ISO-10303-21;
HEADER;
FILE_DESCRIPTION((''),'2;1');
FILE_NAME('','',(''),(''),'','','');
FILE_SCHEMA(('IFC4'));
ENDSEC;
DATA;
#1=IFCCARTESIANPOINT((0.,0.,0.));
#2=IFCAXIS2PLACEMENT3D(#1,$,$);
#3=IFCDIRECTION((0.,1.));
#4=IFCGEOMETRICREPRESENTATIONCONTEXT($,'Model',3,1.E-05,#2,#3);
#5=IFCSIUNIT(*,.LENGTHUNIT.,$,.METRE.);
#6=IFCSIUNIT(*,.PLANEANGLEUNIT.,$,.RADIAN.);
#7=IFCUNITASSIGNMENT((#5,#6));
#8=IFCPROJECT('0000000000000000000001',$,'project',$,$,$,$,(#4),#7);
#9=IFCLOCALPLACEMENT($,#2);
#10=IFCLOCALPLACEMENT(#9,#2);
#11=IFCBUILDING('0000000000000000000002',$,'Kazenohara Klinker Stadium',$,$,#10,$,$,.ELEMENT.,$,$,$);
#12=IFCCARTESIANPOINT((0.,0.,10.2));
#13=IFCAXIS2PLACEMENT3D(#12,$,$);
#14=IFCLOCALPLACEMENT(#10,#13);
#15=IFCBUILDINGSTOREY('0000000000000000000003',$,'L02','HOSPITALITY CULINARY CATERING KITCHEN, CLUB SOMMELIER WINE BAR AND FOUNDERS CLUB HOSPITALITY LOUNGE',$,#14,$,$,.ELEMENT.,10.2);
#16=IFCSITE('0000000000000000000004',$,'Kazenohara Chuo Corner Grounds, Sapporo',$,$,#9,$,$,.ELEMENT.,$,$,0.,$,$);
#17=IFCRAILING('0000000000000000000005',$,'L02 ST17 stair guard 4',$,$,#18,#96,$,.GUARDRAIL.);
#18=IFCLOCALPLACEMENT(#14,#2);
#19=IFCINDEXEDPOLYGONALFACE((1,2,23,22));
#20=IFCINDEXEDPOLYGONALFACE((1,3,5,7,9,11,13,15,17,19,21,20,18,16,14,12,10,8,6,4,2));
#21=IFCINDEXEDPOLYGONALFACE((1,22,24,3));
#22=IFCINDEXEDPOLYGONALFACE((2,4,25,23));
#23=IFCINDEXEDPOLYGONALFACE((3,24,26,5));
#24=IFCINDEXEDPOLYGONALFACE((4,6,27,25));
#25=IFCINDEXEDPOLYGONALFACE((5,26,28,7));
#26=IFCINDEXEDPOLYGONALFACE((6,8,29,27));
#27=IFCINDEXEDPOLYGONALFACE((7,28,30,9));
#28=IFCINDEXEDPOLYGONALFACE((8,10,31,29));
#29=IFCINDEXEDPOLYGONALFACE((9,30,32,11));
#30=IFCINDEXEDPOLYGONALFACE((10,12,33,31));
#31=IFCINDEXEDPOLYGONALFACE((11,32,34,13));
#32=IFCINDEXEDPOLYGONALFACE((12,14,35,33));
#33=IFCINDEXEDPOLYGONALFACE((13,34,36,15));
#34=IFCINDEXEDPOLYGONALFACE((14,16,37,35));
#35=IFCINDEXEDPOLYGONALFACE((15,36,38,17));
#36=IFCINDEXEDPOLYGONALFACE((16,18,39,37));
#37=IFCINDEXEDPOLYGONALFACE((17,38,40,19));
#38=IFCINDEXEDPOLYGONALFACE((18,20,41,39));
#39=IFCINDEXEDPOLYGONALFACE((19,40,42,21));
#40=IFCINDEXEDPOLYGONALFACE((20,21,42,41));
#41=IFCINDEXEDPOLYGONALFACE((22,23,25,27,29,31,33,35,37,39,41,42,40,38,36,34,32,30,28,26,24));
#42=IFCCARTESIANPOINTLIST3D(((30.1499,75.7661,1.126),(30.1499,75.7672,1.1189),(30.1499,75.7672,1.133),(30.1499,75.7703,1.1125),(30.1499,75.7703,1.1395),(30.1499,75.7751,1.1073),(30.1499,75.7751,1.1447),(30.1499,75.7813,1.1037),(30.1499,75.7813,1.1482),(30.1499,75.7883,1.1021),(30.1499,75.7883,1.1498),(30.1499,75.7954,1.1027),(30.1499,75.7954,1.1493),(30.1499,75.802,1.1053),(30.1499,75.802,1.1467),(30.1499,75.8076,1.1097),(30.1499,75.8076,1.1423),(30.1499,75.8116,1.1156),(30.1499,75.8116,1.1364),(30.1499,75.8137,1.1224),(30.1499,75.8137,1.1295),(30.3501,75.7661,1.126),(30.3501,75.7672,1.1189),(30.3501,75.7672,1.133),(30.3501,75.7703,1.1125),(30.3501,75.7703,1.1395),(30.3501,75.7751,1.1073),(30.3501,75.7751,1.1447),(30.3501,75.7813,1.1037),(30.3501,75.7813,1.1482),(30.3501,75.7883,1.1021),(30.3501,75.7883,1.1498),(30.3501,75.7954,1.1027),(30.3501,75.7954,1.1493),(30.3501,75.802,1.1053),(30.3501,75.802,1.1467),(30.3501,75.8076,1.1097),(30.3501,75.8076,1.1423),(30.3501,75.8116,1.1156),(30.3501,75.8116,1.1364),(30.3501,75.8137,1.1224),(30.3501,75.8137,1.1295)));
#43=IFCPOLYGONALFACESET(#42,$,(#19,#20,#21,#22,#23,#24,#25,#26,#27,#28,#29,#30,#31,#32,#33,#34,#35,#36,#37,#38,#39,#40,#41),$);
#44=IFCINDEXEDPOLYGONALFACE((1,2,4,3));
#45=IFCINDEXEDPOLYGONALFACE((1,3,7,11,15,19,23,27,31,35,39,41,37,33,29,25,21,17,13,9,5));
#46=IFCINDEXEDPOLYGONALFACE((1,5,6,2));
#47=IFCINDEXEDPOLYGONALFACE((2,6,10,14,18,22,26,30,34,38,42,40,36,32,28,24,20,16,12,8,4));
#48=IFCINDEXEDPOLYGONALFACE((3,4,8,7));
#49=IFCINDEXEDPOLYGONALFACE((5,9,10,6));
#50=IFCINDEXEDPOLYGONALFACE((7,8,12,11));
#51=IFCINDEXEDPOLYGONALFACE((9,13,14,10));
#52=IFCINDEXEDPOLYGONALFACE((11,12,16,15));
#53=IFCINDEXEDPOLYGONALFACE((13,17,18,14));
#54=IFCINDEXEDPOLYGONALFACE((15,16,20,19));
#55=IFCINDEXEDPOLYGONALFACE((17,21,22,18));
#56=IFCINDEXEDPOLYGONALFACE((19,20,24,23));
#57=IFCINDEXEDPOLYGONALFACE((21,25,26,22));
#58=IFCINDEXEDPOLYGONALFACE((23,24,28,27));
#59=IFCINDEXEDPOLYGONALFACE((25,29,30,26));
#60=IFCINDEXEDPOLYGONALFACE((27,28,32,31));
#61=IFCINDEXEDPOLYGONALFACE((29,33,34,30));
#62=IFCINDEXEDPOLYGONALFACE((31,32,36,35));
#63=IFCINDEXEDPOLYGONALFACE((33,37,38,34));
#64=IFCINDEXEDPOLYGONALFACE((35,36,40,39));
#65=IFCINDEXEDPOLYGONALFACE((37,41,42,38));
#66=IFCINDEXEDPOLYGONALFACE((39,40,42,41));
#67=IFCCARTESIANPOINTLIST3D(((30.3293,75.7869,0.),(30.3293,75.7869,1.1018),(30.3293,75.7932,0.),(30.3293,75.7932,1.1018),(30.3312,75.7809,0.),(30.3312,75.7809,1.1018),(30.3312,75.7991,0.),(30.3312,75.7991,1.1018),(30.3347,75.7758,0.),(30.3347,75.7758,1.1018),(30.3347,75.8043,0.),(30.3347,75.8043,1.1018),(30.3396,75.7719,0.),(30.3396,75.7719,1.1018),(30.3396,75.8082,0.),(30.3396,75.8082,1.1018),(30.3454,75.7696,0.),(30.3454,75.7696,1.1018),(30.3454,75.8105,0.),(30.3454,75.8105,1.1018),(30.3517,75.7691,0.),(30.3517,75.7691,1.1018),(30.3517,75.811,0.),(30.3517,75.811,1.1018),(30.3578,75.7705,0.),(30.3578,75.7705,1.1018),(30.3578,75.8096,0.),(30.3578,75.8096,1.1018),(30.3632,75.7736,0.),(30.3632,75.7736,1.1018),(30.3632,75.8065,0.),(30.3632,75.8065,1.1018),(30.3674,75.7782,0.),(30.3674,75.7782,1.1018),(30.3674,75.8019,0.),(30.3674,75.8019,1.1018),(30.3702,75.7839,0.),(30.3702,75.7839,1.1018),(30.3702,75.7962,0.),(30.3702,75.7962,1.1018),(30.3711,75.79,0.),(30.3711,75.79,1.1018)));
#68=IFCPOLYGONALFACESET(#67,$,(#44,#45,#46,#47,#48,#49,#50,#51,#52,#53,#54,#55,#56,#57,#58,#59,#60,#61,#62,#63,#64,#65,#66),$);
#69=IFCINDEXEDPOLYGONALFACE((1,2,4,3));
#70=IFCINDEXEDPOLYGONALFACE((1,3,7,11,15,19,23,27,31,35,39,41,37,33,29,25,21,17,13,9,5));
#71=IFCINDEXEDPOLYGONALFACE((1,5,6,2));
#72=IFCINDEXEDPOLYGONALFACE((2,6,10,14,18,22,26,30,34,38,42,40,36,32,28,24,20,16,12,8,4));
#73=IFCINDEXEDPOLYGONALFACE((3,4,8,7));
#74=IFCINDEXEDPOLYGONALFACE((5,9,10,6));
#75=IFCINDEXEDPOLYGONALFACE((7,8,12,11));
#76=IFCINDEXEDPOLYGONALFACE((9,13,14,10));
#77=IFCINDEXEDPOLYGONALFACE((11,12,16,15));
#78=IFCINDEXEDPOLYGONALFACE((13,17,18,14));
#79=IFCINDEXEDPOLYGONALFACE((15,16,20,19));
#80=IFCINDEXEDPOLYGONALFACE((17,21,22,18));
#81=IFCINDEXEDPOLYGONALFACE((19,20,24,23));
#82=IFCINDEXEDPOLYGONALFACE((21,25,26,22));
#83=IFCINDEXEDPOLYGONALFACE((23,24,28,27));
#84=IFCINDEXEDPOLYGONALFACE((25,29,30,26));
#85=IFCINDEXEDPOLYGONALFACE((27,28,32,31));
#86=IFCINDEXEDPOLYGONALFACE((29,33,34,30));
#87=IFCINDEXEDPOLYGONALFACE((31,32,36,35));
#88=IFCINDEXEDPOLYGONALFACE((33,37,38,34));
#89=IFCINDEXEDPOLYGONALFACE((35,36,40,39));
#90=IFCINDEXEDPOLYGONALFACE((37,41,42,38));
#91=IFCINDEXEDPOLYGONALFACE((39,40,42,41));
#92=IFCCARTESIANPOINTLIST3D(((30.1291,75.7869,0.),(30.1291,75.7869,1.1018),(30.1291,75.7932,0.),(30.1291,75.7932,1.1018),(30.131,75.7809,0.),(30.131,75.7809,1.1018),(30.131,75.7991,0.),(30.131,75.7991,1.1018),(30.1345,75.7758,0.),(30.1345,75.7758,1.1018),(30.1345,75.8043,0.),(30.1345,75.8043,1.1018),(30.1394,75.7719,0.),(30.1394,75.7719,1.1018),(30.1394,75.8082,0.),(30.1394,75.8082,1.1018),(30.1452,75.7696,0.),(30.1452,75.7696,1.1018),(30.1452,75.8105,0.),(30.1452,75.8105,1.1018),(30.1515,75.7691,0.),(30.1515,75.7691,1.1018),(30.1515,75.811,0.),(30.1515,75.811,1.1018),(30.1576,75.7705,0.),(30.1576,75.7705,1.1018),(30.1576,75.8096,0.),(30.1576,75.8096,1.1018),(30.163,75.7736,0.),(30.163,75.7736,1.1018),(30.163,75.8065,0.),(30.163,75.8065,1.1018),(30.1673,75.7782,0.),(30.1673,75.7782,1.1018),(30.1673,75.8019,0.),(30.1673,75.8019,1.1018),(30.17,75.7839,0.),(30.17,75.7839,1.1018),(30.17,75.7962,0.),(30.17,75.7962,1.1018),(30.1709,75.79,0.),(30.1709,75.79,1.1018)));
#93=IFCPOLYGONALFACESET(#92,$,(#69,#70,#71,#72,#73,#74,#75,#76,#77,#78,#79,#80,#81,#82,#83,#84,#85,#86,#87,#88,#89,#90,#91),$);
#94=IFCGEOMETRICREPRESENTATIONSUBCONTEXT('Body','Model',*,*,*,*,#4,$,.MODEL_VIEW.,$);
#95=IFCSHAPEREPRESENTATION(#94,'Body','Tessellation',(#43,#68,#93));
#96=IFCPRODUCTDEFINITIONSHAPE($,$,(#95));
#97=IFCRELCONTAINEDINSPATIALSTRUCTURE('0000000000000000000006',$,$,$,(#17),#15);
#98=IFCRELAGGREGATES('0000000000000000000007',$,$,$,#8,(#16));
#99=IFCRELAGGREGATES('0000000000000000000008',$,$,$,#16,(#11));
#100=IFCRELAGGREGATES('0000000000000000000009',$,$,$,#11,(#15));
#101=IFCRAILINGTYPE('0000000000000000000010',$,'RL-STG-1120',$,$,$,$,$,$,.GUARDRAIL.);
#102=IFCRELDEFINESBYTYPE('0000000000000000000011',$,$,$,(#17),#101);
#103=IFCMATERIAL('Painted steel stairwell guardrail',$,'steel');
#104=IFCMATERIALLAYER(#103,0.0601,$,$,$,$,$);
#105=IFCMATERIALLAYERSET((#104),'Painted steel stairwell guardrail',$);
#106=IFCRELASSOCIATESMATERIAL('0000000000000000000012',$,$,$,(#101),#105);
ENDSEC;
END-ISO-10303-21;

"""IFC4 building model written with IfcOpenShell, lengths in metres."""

from ifc_helpers import new_model, si_unit, direction, frame, origin, origin_2d, place, context, subcontext, project, spatial, circle, extrude, material, layer, layer_set, type_object, element, save


model = new_model("IFC4")

# Units and contexts
model_context = context("Model", 3, precision=1e-05, world=origin(), true_north=direction((0.0, 1.0)))
body_context = subcontext(model_context, "Body", "Model", "MODEL_VIEW")
ifc_project = project(units=[si_unit("LENGTHUNIT", "METRE"), si_unit("PLANEANGLEUNIT", "RADIAN")], contexts=[model_context])

# Site, building, storey
site_placement = place(None, origin())
site = spatial("IfcSite", under=ifc_project, at=site_placement, Name="Kazenohara Chuo Corner Grounds, Sapporo", CompositionType="ELEMENT", RefElevation=0.0)
building_placement = place(site_placement, origin())
building = spatial("IfcBuilding", under=site, at=building_placement, Name="Kazenohara Klinker Stadium", CompositionType="ELEMENT")
storey_placement = place(building_placement, frame((0.0, 0.0, 10.2)))
storey = spatial("IfcBuildingStorey", under=building, at=storey_placement, Name="L02", Description="HOSPITALITY CULINARY CATERING KITCHEN, CLUB SOMMELIER WINE BAR AND FOUNDERS CLUB HOSPITALITY LOUNGE", CompositionType="ELEMENT", Elevation=10.2)

# Railing
ifc_material_1 = material(Name="Painted steel stairwell guardrail", Category="steel")
ifc_layer_1 = layer(ifc_material_1, 0.0601)
ifc_layer_set_1 = layer_set([ifc_layer_1], Name="Painted steel stairwell guardrail")
railing_type_1 = type_object("IfcRailingType", Name="RL-STG-1120", PredefinedType="GUARDRAIL", material=ifc_layer_set_1)
railing_1_placement = place(storey_placement, frame((30.3501, 75.79, 0.0)))
element("IfcRailing", 1, at=railing_1_placement, inside=storey, type_object=railing_type_1, Name="L02 ST17 stair guard 4", PredefinedType="GUARDRAIL", context=body_context, shape_type="SweptSolid", body=[
    extrude(circle(Radius=0.0239, at=origin_2d()), frame((0.0, 0.0, 1.126), z_axis=(-1.0, 0.0, 0.0), x_axis=(0.0, -1.0, 0.0)), (0.0, 0.0, 1.0), 0.2002),
    extrude(circle(Radius=0.021, at=origin_2d()), origin(), (0.0, 0.0, 1.0), 1.1018),
    extrude(circle(Radius=0.021, at=origin_2d()), frame((-0.2002, 0.0, 0.0)), (0.0, 0.0, 1.0), 1.1018),
])

save(model, "model.ifc")
